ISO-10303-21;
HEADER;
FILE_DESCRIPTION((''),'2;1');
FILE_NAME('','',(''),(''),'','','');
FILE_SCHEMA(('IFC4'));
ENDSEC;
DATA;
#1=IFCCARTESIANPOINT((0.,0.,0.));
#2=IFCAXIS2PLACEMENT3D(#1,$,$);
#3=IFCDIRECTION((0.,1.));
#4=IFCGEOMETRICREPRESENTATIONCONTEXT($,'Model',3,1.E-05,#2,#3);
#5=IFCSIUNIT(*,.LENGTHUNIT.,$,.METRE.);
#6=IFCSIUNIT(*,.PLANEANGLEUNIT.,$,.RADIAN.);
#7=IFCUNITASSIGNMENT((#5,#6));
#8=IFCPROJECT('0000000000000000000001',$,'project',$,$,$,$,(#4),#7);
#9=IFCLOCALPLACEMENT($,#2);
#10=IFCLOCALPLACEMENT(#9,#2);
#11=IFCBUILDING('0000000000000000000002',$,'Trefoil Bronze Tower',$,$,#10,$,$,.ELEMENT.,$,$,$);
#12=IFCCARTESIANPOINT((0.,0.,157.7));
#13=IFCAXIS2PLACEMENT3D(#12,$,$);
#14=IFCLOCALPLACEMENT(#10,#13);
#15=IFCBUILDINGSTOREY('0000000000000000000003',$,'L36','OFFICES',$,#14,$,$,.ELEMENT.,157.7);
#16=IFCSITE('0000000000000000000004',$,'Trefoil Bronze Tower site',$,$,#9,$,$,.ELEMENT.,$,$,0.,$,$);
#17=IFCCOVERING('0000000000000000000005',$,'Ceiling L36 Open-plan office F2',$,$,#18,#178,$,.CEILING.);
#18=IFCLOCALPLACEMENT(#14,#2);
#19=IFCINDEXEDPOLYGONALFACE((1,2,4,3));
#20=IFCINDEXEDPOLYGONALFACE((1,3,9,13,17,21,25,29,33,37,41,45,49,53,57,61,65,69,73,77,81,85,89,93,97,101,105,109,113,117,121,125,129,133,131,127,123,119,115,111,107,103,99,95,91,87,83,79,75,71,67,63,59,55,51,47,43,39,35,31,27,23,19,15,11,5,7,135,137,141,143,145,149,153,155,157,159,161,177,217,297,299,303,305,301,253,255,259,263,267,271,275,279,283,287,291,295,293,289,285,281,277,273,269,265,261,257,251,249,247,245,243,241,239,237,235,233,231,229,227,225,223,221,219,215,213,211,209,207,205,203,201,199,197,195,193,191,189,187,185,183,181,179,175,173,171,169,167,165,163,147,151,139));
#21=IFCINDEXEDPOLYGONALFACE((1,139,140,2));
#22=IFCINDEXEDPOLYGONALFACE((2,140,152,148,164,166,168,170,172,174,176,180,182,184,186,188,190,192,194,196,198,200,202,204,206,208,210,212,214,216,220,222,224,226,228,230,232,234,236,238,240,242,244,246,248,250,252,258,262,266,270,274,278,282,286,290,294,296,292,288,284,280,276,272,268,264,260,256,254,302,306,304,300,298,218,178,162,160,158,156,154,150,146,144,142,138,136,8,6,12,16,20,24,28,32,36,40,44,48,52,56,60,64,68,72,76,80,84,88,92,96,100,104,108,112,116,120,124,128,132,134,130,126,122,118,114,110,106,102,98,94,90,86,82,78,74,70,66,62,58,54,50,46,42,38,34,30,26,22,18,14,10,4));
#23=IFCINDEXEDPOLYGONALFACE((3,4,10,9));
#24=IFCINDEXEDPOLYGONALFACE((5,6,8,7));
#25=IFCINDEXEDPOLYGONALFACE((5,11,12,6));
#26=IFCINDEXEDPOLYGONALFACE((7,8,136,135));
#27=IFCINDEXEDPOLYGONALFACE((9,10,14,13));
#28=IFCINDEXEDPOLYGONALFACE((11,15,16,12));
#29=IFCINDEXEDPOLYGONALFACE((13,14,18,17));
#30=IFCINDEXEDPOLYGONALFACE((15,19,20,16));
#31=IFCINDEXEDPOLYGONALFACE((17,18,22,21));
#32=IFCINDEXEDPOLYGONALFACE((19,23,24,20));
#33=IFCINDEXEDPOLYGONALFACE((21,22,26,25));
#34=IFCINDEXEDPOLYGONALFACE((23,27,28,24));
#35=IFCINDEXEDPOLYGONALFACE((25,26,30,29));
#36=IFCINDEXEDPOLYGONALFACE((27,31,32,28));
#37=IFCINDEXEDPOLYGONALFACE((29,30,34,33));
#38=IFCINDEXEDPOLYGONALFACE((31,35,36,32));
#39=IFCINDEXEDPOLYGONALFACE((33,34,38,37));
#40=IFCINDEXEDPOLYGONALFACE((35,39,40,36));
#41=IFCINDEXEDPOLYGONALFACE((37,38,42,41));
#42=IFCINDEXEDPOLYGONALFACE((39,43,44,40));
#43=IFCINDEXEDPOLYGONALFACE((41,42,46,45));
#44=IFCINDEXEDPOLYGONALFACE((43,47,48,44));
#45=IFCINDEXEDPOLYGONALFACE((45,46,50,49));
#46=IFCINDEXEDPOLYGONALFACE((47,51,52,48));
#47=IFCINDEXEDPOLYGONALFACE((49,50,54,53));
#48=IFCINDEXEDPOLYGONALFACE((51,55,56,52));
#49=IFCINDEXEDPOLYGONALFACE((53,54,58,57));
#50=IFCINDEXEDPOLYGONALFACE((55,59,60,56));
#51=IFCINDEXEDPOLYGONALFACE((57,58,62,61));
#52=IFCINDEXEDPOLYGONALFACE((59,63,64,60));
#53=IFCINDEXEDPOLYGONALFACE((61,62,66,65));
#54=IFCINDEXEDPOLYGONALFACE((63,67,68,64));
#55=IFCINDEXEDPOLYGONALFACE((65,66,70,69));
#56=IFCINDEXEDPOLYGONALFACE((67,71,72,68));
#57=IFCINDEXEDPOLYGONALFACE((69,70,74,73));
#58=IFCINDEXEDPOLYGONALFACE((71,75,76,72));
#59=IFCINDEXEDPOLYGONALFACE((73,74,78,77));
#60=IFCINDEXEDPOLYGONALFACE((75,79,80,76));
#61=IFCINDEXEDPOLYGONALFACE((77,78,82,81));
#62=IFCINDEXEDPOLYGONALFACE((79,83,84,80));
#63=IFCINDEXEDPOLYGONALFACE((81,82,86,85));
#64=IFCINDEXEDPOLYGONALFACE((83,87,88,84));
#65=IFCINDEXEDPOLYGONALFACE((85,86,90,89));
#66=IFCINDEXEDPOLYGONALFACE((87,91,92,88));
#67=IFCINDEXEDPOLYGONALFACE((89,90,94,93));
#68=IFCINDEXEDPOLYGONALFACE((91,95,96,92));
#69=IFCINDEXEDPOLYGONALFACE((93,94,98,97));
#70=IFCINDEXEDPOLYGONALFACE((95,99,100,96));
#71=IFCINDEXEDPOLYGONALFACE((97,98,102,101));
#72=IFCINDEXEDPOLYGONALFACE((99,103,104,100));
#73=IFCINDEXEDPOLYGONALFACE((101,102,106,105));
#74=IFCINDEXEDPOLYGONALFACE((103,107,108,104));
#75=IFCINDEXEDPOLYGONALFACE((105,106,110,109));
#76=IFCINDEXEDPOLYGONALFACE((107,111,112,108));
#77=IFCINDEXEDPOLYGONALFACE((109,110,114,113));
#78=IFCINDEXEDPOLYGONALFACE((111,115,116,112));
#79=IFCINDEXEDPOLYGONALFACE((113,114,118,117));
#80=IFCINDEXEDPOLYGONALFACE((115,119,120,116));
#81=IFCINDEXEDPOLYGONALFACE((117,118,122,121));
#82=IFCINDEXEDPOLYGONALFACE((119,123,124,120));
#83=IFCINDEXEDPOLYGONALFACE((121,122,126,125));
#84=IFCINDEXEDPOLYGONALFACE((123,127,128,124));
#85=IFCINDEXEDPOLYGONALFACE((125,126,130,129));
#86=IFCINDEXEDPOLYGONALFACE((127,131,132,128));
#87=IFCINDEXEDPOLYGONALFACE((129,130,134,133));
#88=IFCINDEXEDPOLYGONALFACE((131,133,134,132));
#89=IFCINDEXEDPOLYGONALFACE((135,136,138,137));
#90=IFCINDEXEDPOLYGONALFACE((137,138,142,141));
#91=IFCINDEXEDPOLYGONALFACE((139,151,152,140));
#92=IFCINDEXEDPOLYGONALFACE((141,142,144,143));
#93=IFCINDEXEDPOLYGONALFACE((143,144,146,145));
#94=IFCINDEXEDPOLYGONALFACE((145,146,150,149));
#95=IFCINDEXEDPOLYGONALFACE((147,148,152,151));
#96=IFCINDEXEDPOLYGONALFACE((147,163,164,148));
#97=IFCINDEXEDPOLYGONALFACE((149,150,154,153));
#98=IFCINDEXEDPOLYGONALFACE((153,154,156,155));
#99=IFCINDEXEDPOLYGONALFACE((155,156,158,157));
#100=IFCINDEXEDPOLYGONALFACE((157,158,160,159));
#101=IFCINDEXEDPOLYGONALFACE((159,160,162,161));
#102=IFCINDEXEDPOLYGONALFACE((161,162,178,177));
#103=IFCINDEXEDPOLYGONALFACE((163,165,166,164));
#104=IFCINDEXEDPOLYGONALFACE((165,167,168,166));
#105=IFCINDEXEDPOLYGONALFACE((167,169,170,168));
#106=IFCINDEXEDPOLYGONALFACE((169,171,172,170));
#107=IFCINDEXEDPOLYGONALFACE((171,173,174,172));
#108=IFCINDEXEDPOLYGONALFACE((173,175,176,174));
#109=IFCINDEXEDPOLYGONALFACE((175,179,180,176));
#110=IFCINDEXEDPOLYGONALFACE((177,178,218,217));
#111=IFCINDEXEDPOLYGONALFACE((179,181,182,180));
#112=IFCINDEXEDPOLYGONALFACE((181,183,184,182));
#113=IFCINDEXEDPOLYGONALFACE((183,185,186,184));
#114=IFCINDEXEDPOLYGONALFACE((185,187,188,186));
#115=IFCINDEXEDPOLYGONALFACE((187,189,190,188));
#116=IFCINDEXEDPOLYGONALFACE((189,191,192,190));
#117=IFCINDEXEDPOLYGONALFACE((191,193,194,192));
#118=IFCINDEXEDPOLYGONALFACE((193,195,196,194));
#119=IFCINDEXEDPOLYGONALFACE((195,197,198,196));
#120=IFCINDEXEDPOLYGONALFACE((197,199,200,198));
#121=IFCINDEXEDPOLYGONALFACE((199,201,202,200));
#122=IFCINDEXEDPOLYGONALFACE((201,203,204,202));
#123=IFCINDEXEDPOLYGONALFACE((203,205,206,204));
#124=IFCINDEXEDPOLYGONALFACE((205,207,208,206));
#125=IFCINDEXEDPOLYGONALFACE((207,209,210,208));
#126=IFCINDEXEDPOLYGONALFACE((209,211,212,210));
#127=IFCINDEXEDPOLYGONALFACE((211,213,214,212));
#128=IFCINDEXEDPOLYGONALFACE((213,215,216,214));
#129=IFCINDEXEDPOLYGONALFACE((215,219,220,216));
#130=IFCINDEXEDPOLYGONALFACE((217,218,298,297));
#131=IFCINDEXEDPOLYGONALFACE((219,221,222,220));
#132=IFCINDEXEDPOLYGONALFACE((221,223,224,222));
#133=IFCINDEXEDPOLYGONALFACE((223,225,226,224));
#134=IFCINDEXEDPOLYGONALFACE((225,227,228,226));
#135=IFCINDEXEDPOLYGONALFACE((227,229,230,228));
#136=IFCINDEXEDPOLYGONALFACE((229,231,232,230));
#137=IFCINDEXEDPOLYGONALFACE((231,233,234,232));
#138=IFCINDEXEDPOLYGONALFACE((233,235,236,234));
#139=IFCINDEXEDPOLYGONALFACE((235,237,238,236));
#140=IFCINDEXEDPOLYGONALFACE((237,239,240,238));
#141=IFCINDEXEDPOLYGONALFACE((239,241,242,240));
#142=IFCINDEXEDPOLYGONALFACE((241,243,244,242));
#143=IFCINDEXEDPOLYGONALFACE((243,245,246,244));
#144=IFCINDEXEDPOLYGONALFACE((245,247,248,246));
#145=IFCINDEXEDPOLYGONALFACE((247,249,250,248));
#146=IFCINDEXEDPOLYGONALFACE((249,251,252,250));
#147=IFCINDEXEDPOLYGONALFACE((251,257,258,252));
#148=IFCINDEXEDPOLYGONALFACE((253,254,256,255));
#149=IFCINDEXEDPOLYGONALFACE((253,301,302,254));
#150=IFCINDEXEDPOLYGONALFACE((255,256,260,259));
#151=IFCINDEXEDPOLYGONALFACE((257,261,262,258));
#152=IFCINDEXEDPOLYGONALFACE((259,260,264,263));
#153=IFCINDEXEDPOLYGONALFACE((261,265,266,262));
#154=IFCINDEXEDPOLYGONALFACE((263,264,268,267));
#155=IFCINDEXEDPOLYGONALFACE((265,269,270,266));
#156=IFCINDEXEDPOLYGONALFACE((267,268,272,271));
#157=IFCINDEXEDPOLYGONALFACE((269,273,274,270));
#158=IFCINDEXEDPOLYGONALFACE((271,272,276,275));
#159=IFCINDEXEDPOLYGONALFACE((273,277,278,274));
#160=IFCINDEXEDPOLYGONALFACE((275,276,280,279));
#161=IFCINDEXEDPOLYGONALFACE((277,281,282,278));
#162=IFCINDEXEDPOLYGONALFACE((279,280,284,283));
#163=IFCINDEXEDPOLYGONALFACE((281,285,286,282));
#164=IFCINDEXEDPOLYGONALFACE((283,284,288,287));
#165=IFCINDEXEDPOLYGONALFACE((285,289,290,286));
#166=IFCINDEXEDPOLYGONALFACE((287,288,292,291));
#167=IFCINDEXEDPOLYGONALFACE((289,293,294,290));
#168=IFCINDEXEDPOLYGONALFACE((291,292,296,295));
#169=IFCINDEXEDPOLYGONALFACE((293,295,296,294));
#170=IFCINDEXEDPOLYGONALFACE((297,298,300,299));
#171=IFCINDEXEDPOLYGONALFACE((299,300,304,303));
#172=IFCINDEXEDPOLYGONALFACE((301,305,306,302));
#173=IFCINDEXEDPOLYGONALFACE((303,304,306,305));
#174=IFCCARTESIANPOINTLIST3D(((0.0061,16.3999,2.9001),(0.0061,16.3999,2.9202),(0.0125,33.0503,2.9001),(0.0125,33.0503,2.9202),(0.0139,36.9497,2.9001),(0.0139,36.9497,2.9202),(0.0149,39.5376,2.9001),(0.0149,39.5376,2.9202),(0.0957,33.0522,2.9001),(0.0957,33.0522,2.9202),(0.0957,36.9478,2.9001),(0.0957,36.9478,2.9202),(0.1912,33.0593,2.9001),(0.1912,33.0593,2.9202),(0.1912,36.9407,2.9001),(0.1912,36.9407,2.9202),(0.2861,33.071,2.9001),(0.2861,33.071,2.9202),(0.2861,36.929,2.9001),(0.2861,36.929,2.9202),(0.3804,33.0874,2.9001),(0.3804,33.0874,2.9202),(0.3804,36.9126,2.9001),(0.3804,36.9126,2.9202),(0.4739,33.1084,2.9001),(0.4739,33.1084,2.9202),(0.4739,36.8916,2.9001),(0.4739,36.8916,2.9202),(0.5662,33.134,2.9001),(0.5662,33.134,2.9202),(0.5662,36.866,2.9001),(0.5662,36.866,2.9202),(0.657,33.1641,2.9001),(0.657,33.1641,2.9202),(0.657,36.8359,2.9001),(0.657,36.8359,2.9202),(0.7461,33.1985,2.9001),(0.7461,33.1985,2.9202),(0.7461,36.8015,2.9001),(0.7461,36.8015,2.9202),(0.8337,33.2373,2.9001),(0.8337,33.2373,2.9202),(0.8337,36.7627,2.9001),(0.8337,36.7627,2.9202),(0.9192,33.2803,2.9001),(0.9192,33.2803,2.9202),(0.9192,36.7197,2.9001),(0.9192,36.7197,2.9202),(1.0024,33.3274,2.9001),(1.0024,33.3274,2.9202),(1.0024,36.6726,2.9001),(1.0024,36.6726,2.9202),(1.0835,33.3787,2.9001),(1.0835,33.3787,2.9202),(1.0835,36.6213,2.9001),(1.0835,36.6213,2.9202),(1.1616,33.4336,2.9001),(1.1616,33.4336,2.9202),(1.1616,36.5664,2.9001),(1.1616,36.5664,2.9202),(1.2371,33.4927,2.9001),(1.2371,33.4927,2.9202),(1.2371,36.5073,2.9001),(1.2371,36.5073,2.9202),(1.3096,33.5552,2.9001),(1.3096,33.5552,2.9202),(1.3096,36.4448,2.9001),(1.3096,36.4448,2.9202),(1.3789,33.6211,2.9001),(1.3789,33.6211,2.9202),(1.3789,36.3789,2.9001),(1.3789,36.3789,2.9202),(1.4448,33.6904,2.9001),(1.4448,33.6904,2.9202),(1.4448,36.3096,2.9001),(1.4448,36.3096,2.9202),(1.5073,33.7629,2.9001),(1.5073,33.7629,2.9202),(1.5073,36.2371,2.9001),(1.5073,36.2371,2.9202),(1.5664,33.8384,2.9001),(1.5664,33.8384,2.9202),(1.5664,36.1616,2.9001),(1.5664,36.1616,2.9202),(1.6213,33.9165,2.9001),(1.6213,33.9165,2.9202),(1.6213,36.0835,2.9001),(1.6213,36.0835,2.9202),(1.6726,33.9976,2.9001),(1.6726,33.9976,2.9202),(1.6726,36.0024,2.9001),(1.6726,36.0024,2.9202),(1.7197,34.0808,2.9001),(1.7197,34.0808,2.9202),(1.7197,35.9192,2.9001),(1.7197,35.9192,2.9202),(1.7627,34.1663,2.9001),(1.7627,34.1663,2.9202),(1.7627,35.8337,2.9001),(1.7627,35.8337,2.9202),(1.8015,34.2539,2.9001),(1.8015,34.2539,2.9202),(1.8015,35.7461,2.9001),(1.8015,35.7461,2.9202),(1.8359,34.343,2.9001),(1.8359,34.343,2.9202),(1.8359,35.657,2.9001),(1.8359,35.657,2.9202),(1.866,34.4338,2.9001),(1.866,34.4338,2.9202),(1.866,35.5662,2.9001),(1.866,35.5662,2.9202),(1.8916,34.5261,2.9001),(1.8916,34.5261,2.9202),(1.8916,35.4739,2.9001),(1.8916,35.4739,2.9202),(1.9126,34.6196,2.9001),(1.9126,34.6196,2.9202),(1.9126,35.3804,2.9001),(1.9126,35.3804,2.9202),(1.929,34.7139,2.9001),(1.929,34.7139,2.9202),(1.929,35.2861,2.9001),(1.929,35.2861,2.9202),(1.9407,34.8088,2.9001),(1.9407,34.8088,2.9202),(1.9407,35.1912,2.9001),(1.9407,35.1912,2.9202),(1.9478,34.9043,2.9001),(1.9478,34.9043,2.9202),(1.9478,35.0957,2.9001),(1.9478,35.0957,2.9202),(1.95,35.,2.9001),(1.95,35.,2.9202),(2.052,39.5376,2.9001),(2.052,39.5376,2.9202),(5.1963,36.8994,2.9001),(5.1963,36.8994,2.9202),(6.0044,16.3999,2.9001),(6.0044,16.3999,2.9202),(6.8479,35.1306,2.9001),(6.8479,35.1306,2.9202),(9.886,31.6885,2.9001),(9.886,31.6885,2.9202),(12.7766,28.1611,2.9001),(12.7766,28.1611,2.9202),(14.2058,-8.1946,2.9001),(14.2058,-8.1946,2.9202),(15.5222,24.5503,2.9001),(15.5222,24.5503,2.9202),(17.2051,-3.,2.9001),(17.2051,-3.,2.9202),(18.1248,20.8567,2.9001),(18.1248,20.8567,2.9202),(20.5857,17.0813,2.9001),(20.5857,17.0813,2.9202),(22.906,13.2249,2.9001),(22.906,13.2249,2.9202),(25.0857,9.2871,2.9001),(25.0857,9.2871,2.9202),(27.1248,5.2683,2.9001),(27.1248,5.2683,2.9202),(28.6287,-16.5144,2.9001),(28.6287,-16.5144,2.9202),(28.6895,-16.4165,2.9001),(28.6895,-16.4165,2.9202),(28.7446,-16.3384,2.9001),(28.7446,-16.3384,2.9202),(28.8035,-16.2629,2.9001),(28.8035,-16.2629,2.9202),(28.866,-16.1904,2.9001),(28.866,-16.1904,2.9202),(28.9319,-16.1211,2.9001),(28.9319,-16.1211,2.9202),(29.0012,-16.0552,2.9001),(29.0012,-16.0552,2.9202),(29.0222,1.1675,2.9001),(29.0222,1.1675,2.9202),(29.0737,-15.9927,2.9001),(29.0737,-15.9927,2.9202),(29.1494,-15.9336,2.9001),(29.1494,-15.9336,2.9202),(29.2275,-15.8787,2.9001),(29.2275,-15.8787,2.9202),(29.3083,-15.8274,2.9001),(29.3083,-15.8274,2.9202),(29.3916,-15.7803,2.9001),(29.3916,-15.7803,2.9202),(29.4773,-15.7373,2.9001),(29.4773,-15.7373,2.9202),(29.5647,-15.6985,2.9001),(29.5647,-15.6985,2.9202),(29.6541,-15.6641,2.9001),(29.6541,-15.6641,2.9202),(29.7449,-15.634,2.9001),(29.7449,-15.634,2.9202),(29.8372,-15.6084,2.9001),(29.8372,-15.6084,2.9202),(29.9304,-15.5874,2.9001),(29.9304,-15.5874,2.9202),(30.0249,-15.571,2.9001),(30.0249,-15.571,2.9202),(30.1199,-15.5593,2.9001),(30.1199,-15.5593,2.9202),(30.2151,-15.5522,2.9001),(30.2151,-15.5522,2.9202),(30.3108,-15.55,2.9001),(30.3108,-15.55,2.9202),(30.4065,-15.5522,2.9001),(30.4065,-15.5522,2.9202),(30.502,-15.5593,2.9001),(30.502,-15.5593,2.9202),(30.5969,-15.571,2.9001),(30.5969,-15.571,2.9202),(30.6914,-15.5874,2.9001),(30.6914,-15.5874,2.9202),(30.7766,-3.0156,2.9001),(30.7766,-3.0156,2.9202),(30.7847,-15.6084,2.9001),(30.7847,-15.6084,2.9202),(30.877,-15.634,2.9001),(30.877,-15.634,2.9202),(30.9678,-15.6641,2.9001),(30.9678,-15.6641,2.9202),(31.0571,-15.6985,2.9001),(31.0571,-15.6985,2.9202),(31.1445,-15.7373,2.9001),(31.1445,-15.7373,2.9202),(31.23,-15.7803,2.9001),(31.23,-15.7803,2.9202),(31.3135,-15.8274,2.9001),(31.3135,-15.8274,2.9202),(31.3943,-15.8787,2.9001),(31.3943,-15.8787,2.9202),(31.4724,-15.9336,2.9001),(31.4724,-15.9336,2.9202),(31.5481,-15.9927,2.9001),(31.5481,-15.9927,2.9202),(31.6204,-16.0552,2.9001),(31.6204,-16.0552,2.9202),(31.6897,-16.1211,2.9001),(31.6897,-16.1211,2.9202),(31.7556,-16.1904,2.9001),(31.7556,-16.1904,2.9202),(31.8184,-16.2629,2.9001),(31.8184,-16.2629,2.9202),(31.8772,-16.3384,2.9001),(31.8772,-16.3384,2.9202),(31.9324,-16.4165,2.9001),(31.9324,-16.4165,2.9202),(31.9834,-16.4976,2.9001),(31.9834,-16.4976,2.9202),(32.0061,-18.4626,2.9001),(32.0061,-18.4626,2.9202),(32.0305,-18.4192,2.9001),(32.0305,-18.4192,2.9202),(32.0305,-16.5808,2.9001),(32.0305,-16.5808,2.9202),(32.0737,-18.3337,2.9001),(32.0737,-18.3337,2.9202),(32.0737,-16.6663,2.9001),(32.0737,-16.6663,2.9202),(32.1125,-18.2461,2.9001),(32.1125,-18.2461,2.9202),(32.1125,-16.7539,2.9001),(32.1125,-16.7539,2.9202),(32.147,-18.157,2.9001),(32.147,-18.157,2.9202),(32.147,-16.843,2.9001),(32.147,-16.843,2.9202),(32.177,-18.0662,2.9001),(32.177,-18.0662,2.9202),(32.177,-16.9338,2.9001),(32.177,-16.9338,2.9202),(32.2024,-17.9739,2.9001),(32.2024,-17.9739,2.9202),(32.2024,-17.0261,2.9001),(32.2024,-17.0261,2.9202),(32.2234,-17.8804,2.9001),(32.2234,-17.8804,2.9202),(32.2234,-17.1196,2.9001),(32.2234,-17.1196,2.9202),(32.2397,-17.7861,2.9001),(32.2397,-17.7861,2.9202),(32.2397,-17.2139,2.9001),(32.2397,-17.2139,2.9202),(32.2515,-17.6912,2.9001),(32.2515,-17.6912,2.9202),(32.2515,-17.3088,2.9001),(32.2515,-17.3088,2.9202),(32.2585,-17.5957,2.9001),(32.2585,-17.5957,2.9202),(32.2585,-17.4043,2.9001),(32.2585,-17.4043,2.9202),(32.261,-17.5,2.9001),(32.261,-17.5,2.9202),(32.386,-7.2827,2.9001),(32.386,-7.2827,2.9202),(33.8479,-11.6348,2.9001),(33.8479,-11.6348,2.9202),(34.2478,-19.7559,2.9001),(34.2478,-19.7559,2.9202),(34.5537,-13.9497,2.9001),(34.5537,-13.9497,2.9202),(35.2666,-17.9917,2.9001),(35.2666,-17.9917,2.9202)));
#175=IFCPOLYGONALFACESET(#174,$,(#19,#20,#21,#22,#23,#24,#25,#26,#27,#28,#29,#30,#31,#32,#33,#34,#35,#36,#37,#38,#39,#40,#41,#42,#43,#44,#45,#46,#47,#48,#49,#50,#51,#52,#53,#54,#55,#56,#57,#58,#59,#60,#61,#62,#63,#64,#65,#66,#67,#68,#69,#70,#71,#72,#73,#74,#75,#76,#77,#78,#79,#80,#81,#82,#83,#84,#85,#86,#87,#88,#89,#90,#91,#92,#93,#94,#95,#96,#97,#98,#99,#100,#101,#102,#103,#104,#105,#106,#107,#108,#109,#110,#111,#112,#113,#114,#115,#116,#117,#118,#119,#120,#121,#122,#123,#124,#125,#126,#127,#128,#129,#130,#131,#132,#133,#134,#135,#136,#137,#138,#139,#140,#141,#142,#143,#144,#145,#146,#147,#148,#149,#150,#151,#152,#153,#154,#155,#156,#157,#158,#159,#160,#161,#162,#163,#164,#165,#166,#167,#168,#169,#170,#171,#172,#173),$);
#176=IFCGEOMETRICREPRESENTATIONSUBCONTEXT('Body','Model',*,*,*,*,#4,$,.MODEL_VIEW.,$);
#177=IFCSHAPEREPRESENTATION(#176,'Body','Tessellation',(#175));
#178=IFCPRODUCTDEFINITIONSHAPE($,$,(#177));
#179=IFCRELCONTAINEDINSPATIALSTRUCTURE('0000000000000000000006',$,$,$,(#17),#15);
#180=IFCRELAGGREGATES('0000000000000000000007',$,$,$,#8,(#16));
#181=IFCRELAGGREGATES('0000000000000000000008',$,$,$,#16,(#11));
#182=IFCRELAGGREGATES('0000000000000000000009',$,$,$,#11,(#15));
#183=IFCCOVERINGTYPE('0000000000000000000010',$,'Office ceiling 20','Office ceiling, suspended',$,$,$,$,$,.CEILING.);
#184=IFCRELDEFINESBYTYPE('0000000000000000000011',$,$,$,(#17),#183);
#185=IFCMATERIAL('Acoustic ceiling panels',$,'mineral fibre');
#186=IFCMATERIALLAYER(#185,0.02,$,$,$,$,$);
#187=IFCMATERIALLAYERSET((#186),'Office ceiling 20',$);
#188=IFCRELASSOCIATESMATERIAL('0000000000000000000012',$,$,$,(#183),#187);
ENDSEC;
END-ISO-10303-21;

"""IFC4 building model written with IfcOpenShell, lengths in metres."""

from ifc_helpers import new_model, si_unit, direction, frame, origin, place, context, subcontext, project, spatial, polyline, outline, extrude, material, layer, layer_set, type_object, element, save


model = new_model("IFC4")

# Units and contexts
model_context = context("Model", 3, precision=1e-05, world=origin(), true_north=direction((0.0, 1.0)))
body_context = subcontext(model_context, "Body", "Model", "MODEL_VIEW")
ifc_project = project(units=[si_unit("LENGTHUNIT", "METRE"), si_unit("PLANEANGLEUNIT", "RADIAN")], contexts=[model_context])

# Site, building, storey
site_placement = place(None, origin())
site = spatial("IfcSite", under=ifc_project, at=site_placement, Name="Trefoil Bronze Tower site", CompositionType="ELEMENT", RefElevation=0.0)
building_placement = place(site_placement, origin())
building = spatial("IfcBuilding", under=site, at=building_placement, Name="Trefoil Bronze Tower", CompositionType="ELEMENT")
storey_placement = place(building_placement, frame((0.0, 0.0, 157.7)))
storey = spatial("IfcBuildingStorey", under=building, at=storey_placement, Name="L36", Description="OFFICES", CompositionType="ELEMENT", Elevation=157.7)

# Covering
ifc_material_1 = material(Name="Acoustic ceiling panels", Category="mineral fibre")
ifc_layer_1 = layer(ifc_material_1, 0.02)
ifc_layer_set_1 = layer_set([ifc_layer_1], Name="Office ceiling 20")
covering_type_1 = type_object("IfcCoveringType", Name="Office ceiling 20", Description="Office ceiling, suspended", PredefinedType="CEILING", material=ifc_layer_set_1)
covering_1_placement = place(storey_placement, frame((0.0, 0.0, 2.9001)))
element("IfcCovering", 1, at=covering_1_placement, inside=storey, type_object=covering_type_1, Name="Ceiling L36 Open-plan office F2", PredefinedType="CEILING", context=body_context, shape_type="SweptSolid", body=[
    extrude(outline(polyline([(6.8479, 35.1306), (9.886, 31.6885), (12.7766, 28.1611), (15.5222, 24.5503), (18.1248, 20.8567), (20.5857, 17.0813), (22.906, 13.2249), (25.0857, 9.2871), (27.1248, 5.2683), (29.0222, 1.1675), (30.7766, -3.0156), (32.386, -7.2827), (33.8479, -11.6348), (34.5537, -13.9497), (35.2666, -17.9917), (34.2478, -19.7559), (32.0061, -18.4626), (32.0305, -18.4192), (32.0737, -18.3337), (32.1125, -18.2461), (32.147, -18.157), (32.177, -18.0662), (32.2024, -17.9739), (32.2234, -17.8804), (32.2397, -17.7861), (32.2515, -17.6912), (32.2585, -17.5957), (32.261, -17.5), (32.2585, -17.4043), (32.2515, -17.3088), (32.2397, -17.2139), (32.2234, -17.1196), (32.2024, -17.0261), (32.177, -16.9338), (32.147, -16.843), (32.1125, -16.7539), (32.0737, -16.6663), (32.0305, -16.5808), (31.9834, -16.4976), (31.9324, -16.4165), (31.8772, -16.3384), (31.8184, -16.2629), (31.7556, -16.1904), (31.6897, -16.1211), (31.6204, -16.0552), (31.5481, -15.9927), (31.4724, -15.9336), (31.3943, -15.8787), (31.3135, -15.8274), (31.23, -15.7803), (31.1445, -15.7373), (31.0571, -15.6985), (30.9678, -15.6641), (30.877, -15.634), (30.7847, -15.6084), (30.6914, -15.5874), (30.5969, -15.571), (30.502, -15.5593), (30.4065, -15.5522), (30.3108, -15.55), (30.2151, -15.5522), (30.1199, -15.5593), (30.0249, -15.571), (29.9304, -15.5874), (29.8372, -15.6084), (29.7449, -15.634), (29.6541, -15.6641), (29.5647, -15.6985), (29.4773, -15.7373), (29.3916, -15.7803), (29.3083, -15.8274), (29.2275, -15.8787), (29.1494, -15.9336), (29.0737, -15.9927), (29.0012, -16.0552), (28.9319, -16.1211), (28.866, -16.1904), (28.8035, -16.2629), (28.7446, -16.3384), (28.6895, -16.4165), (28.6287, -16.5144), (14.2058, -8.1946), (17.2051, -3.0), (6.0044, 16.3999), (0.0061, 16.3999), (0.0125, 33.0503), (0.0957, 33.0522), (0.1912, 33.0593), (0.2861, 33.071), (0.3804, 33.0874), (0.4739, 33.1084), (0.5662, 33.134), (0.657, 33.1641), (0.7461, 33.1985), (0.8337, 33.2373), (0.9192, 33.2803), (1.0024, 33.3274), (1.0835, 33.3787), (1.1616, 33.4336), (1.2371, 33.4927), (1.3096, 33.5552), (1.3789, 33.6211), (1.4448, 33.6904), (1.5073, 33.7629), (1.5664, 33.8384), (1.6213, 33.9165), (1.6726, 33.9976), (1.7197, 34.0808), (1.7627, 34.1663), (1.8015, 34.2539), (1.8359, 34.343), (1.866, 34.4338), (1.8916, 34.5261), (1.9126, 34.6196), (1.929, 34.7139), (1.9407, 34.8088), (1.9478, 34.9043), (1.95, 35.0), (1.9478, 35.0957), (1.9407, 35.1912), (1.929, 35.2861), (1.9126, 35.3804), (1.8916, 35.4739), (1.866, 35.5662), (1.8359, 35.657), (1.8015, 35.7461), (1.7627, 35.8337), (1.7197, 35.9192), (1.6726, 36.0024), (1.6213, 36.0835), (1.5664, 36.1616), (1.5073, 36.2371), (1.4448, 36.3096), (1.3789, 36.3789), (1.3096, 36.4448), (1.2371, 36.5073), (1.1616, 36.5664), (1.0835, 36.6213), (1.0024, 36.6726), (0.9192, 36.7197), (0.8337, 36.7627), (0.7461, 36.8015), (0.657, 36.8359), (0.5662, 36.866), (0.4739, 36.8916), (0.3804, 36.9126), (0.2861, 36.929), (0.1912, 36.9407), (0.0957, 36.9478), (0.0139, 36.9497), (0.0149, 39.5376), (2.052, 39.5376), (5.1963, 36.8994), (6.8479, 35.1306)])), origin(), (0.0, 0.0, 1.0), 0.02),
])

save(model, "model.ifc")
